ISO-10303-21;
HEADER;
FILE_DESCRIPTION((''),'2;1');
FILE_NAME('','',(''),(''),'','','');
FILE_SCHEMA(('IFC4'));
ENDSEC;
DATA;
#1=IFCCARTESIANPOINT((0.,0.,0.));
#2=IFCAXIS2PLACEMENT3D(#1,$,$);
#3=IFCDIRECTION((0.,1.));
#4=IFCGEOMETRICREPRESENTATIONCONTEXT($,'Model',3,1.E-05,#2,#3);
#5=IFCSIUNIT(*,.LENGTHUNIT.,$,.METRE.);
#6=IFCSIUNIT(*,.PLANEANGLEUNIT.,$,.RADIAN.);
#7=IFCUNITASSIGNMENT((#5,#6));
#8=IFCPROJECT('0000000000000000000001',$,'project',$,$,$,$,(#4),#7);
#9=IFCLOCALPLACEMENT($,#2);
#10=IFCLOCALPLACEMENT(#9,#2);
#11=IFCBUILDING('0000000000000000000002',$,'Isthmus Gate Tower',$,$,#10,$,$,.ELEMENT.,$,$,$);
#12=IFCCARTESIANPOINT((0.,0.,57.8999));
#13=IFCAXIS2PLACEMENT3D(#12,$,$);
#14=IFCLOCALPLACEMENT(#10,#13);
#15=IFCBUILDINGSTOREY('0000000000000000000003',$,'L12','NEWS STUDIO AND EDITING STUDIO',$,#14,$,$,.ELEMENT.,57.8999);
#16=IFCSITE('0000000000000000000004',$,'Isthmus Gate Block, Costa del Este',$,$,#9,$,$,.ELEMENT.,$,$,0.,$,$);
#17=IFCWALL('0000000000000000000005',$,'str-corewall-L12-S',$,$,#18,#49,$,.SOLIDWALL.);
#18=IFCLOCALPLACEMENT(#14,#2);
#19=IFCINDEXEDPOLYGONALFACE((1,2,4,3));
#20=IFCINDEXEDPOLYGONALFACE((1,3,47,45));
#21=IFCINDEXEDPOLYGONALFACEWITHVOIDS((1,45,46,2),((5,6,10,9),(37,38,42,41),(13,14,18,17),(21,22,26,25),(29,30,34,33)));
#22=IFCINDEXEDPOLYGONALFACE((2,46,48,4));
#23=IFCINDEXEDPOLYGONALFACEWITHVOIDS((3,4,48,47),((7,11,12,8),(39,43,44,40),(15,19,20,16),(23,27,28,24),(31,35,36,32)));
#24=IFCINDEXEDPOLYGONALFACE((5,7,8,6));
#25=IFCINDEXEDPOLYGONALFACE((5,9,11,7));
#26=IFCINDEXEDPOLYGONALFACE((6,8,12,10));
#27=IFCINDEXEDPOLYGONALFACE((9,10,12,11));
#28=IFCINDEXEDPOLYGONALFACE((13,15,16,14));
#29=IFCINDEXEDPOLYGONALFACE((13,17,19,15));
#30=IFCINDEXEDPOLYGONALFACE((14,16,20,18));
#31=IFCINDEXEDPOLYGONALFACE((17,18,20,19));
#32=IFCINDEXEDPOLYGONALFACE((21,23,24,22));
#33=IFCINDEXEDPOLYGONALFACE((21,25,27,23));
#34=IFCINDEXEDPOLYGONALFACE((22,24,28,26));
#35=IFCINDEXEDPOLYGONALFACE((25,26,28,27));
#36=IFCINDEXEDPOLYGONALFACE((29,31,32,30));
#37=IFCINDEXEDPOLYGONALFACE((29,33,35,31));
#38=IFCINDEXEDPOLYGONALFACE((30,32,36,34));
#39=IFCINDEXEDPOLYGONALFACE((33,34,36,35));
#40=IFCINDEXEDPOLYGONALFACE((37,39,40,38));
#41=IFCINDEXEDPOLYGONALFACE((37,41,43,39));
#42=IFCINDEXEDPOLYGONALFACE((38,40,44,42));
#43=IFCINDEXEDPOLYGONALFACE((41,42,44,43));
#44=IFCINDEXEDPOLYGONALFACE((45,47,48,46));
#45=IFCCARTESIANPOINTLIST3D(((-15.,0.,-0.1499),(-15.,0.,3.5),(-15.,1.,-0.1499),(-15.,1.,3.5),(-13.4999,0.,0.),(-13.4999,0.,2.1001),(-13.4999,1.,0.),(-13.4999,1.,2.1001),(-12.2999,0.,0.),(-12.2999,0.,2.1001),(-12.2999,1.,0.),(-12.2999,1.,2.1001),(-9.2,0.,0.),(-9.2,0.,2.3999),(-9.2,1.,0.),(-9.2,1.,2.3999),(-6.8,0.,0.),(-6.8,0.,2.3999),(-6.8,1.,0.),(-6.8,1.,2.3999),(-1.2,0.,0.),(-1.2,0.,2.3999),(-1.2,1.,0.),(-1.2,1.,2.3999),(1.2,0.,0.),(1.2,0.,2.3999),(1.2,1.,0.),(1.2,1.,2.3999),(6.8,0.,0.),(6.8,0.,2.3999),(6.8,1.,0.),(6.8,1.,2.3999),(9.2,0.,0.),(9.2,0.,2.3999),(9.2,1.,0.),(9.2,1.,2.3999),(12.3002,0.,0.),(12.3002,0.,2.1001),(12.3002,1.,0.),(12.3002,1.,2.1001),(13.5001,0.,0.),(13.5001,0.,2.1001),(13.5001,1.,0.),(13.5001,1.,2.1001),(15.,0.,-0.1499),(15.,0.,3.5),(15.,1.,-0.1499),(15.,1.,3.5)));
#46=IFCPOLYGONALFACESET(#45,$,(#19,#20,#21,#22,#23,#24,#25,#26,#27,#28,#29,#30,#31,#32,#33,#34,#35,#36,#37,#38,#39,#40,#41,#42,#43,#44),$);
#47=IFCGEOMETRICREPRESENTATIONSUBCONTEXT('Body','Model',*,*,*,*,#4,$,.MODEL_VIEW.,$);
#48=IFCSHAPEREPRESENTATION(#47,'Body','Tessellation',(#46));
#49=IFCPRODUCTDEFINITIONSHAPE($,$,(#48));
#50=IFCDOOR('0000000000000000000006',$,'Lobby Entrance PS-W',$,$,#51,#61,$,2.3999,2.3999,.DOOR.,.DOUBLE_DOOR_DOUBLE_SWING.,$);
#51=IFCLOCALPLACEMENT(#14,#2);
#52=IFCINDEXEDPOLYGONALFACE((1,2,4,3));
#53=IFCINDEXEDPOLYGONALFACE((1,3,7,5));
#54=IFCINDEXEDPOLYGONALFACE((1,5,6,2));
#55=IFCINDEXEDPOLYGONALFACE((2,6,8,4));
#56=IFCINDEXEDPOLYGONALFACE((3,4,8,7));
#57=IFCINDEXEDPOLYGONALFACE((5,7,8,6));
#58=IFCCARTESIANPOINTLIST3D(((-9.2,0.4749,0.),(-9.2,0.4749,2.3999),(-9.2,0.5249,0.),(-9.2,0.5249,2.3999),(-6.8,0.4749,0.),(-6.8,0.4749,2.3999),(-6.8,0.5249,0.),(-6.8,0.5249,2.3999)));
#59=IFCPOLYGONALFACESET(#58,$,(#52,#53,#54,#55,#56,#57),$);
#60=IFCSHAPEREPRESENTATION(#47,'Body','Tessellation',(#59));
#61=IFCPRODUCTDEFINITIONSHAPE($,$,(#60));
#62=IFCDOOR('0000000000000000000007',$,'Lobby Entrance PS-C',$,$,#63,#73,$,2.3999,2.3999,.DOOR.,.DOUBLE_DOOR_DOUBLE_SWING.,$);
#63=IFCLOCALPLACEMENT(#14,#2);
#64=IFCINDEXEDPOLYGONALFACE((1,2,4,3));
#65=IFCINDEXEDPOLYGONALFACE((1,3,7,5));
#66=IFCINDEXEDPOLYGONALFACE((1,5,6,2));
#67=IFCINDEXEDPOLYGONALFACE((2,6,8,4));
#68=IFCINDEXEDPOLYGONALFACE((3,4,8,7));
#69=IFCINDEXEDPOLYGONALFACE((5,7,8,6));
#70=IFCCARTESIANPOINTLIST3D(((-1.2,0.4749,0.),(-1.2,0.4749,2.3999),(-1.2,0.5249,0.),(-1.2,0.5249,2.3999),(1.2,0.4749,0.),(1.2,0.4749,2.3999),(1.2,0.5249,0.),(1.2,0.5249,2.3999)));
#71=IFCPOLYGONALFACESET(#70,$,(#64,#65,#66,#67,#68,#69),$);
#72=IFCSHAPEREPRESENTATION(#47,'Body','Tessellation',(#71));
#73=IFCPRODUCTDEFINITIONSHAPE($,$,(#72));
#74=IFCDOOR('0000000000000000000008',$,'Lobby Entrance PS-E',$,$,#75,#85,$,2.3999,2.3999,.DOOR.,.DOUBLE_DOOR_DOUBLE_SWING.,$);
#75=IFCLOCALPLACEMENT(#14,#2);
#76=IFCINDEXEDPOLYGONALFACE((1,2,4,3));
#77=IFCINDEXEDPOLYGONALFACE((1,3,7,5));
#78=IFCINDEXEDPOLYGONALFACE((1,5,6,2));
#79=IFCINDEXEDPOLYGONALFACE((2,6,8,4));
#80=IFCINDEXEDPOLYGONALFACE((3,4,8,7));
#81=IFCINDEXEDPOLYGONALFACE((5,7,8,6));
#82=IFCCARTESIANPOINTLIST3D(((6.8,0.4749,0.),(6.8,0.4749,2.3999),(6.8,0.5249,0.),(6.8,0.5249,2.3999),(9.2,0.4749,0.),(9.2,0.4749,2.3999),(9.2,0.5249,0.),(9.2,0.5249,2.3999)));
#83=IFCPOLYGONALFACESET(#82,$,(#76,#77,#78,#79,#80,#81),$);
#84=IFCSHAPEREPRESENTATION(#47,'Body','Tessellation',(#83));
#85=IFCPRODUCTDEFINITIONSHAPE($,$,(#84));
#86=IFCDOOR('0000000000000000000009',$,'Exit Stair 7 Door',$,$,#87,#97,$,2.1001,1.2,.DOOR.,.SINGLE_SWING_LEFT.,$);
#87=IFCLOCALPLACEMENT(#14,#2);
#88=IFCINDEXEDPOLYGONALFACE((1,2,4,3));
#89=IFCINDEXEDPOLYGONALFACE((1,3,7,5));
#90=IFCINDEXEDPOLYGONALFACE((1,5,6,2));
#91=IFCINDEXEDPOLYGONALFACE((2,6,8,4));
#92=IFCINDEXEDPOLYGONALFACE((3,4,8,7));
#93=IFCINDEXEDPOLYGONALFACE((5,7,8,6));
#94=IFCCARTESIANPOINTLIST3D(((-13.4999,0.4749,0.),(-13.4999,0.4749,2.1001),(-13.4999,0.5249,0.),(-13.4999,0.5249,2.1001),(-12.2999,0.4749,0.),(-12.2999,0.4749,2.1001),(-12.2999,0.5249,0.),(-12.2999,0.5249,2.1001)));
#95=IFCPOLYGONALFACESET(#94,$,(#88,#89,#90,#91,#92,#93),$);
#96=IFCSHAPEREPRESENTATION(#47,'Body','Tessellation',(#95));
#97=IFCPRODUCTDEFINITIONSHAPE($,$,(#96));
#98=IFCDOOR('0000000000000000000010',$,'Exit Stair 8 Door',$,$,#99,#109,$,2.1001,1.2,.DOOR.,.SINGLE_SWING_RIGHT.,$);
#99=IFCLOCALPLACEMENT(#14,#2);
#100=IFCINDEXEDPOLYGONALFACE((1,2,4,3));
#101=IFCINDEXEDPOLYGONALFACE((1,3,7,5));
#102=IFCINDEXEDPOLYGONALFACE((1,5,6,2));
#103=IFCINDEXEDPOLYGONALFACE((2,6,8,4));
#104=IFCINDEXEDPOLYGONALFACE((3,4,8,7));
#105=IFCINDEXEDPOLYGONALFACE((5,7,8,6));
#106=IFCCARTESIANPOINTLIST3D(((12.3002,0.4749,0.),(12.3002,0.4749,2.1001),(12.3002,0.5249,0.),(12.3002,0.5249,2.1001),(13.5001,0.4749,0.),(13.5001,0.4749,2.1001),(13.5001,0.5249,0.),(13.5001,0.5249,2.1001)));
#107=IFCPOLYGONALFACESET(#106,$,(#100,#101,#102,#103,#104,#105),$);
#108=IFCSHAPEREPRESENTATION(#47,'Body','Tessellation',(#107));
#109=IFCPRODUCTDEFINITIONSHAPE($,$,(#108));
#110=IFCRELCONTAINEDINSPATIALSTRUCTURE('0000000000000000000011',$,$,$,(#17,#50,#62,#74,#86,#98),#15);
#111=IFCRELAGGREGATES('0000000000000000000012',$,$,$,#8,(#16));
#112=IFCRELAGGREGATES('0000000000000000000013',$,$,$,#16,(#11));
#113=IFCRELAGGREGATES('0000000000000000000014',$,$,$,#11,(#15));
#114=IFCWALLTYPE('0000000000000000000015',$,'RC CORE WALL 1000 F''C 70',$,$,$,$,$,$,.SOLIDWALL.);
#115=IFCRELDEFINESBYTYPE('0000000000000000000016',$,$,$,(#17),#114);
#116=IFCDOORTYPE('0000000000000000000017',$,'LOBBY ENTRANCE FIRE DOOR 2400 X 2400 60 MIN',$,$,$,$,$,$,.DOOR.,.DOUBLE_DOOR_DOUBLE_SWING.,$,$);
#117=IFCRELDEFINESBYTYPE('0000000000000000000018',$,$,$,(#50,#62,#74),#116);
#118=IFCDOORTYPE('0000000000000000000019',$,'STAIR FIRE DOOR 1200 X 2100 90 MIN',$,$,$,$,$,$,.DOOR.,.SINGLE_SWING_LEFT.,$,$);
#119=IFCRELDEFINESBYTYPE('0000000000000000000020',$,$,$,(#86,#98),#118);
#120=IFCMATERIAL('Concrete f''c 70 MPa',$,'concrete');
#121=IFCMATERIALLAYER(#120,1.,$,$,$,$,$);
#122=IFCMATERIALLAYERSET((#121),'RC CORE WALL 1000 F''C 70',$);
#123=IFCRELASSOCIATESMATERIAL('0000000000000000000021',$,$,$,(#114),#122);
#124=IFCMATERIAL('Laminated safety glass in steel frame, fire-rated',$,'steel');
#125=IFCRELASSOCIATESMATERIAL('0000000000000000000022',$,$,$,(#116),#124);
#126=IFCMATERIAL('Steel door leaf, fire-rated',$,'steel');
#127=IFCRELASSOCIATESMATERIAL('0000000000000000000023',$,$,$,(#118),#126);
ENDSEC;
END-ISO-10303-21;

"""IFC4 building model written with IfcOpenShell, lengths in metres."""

from ifc_helpers import new_model, si_unit, direction, frame, frame_2d, origin, place, context, subcontext, project, spatial, rectangle, extrude, material, layer, layer_set, type_object, element, fill, save


model = new_model("IFC4")

# Units and contexts
model_context = context("Model", 3, precision=1e-05, world=origin(), true_north=direction((0.0, 1.0)))
body_context = subcontext(model_context, "Body", "Model", "MODEL_VIEW")
ifc_project = project(units=[si_unit("LENGTHUNIT", "METRE"), si_unit("PLANEANGLEUNIT", "RADIAN")], contexts=[model_context])

# Site, building, storey
site_placement = place(None, origin())
site = spatial("IfcSite", under=ifc_project, at=site_placement, Name="Isthmus Gate Block, Costa del Este", CompositionType="ELEMENT", RefElevation=0.0)
building_placement = place(site_placement, origin())
building = spatial("IfcBuilding", under=site, at=building_placement, Name="Isthmus Gate Tower", CompositionType="ELEMENT")
storey_placement = place(building_placement, frame((0.0, 0.0, 57.8999)))
storey = spatial("IfcBuildingStorey", under=building, at=storey_placement, Name="L12", Description="NEWS STUDIO AND EDITING STUDIO", CompositionType="ELEMENT", Elevation=57.8999)

# Wall, openings, doors
ifc_material_1 = material(Name="Concrete f'c 70 MPa", Category="concrete")
ifc_layer_1 = layer(ifc_material_1, 1.0)
ifc_layer_set_1 = layer_set([ifc_layer_1], Name="RC CORE WALL 1000 F'C 70")
wall_type_1 = type_object("IfcWallType", Name="RC CORE WALL 1000 F'C 70", PredefinedType="SOLIDWALL", material=ifc_layer_set_1)
wall_1_placement = place(storey_placement, frame((-15.0, 0.5, -0.1499), z_axis=(0.0, 0.0, 1.0), x_axis=(1.0, 0.0, 0.0)))
wall_1 = element("IfcWall", 1, at=wall_1_placement, inside=storey, type_object=wall_type_1, Name="str-corewall-L12-S", PredefinedType="SOLIDWALL", context=body_context, shape_type="SweptSolid", body=[
    extrude(rectangle(XDim=30.0, YDim=1.0, at=frame_2d((15.0, 0.0))), origin(), (0.0, 0.0, 1.0), 3.6499),
])
opening_1_placement = place(wall_1_placement, frame((5.8, 0.0, 0.1499)))
opening_1 = element("IfcOpeningElement", 2, at=opening_1_placement, cuts=wall_1, PredefinedType="OPENING", context=body_context, shape_type="SweptSolid", body=[
    extrude(rectangle(XDim=2.3999, YDim=2.3999, at=frame_2d((1.2, 1.2))), frame((0.0, 0.51, 0.0), z_axis=(0.0, -1.0, 0.0), x_axis=(1.0, 0.0, 0.0)), (0.0, 0.0, 1.0), 1.02),
])
opening_2_placement = place(wall_1_placement, frame((13.8, 0.0, 0.1499)))
opening_2 = element("IfcOpeningElement", 3, at=opening_2_placement, cuts=wall_1, PredefinedType="OPENING", context=body_context, shape_type="SweptSolid", body=[
    extrude(rectangle(XDim=2.3999, YDim=2.3999, at=frame_2d((1.2, 1.2))), frame((0.0, 0.51, 0.0), z_axis=(0.0, -1.0, 0.0), x_axis=(1.0, 0.0, 0.0)), (0.0, 0.0, 1.0), 1.02),
])
opening_3_placement = place(wall_1_placement, frame((21.8, 0.0, 0.1499)))
opening_3 = element("IfcOpeningElement", 4, at=opening_3_placement, cuts=wall_1, PredefinedType="OPENING", context=body_context, shape_type="SweptSolid", body=[
    extrude(rectangle(XDim=2.3999, YDim=2.3999, at=frame_2d((1.2, 1.2))), frame((0.0, 0.51, 0.0), z_axis=(0.0, -1.0, 0.0), x_axis=(1.0, 0.0, 0.0)), (0.0, 0.0, 1.0), 1.02),
])
opening_4_placement = place(wall_1_placement, frame((1.5, 0.0, 0.1499)))
opening_4 = element("IfcOpeningElement", 5, at=opening_4_placement, cuts=wall_1, PredefinedType="OPENING", context=body_context, shape_type="SweptSolid", body=[
    extrude(rectangle(XDim=1.2, YDim=2.1001, at=frame_2d((0.6001, 1.05))), frame((0.0, 0.51, 0.0), z_axis=(0.0, -1.0, 0.0), x_axis=(1.0, 0.0, 0.0)), (0.0, 0.0, 1.0), 1.02),
])
opening_5_placement = place(wall_1_placement, frame((27.3, 0.0, 0.1499)))
opening_5 = element("IfcOpeningElement", 6, at=opening_5_placement, cuts=wall_1, PredefinedType="OPENING", context=body_context, shape_type="SweptSolid", body=[
    extrude(rectangle(XDim=1.2, YDim=2.1001, at=frame_2d((0.6001, 1.05))), frame((0.0, 0.51, 0.0), z_axis=(0.0, -1.0, 0.0), x_axis=(1.0, 0.0, 0.0)), (0.0, 0.0, 1.0), 1.02),
])
ifc_material_2 = material(Name="Laminated safety glass in steel frame, fire-rated", Category="steel")
door_type_1 = type_object("IfcDoorType", Name="LOBBY ENTRANCE FIRE DOOR 2400 X 2400 60 MIN", OperationType="DOUBLE_DOOR_DOUBLE_SWING", PredefinedType="DOOR", material=ifc_material_2)
door_1_placement = place(opening_1_placement, origin())
door_1 = element("IfcDoor", 7, at=door_1_placement, inside=storey, type_object=door_type_1, Name="Lobby Entrance PS-W", OperationType="DOUBLE_DOOR_DOUBLE_SWING", OverallHeight=2.3999, OverallWidth=2.3999, PredefinedType="DOOR", context=body_context, shape_type="SweptSolid", body=[
    extrude(rectangle(XDim=2.3999, YDim=2.3999, at=frame_2d((1.2, 1.2))), frame((0.0, 0.0249, 0.0), z_axis=(0.0, -1.0, 0.0), x_axis=(1.0, 0.0, 0.0)), (0.0, 0.0, 1.0), 0.05),
])
fill(opening_1, door_1)
door_2_placement = place(opening_2_placement, origin())
door_2 = element("IfcDoor", 8, at=door_2_placement, inside=storey, type_object=door_type_1, Name="Lobby Entrance PS-C", OperationType="DOUBLE_DOOR_DOUBLE_SWING", OverallHeight=2.3999, OverallWidth=2.3999, PredefinedType="DOOR", context=body_context, shape_type="SweptSolid", body=[
    extrude(rectangle(XDim=2.3999, YDim=2.3999, at=frame_2d((1.2, 1.2))), frame((0.0, 0.0249, 0.0), z_axis=(0.0, -1.0, 0.0), x_axis=(1.0, 0.0, 0.0)), (0.0, 0.0, 1.0), 0.05),
])
fill(opening_2, door_2)
door_3_placement = place(opening_3_placement, origin())
door_3 = element("IfcDoor", 9, at=door_3_placement, inside=storey, type_object=door_type_1, Name="Lobby Entrance PS-E", OperationType="DOUBLE_DOOR_DOUBLE_SWING", OverallHeight=2.3999, OverallWidth=2.3999, PredefinedType="DOOR", context=body_context, shape_type="SweptSolid", body=[
    extrude(rectangle(XDim=2.3999, YDim=2.3999, at=frame_2d((1.2, 1.2))), frame((0.0, 0.0249, 0.0), z_axis=(0.0, -1.0, 0.0), x_axis=(1.0, 0.0, 0.0)), (0.0, 0.0, 1.0), 0.05),
])
fill(opening_3, door_3)
ifc_material_3 = material(Name="Steel door leaf, fire-rated", Category="steel")
door_type_2 = type_object("IfcDoorType", Name="STAIR FIRE DOOR 1200 X 2100 90 MIN", OperationType="SINGLE_SWING_LEFT", PredefinedType="DOOR", material=ifc_material_3)
door_4_placement = place(opening_4_placement, origin())
door_4 = element("IfcDoor", 10, at=door_4_placement, inside=storey, type_object=door_type_2, Name="Exit Stair 7 Door", OperationType="SINGLE_SWING_LEFT", OverallHeight=2.1001, OverallWidth=1.2, PredefinedType="DOOR", context=body_context, shape_type="SweptSolid", body=[
    extrude(rectangle(XDim=1.2, YDim=2.1001, at=frame_2d((0.6001, 1.05))), frame((0.0, 0.0249, 0.0), z_axis=(0.0, -1.0, 0.0), x_axis=(1.0, 0.0, 0.0)), (0.0, 0.0, 1.0), 0.05),
])
fill(opening_4, door_4)
door_5_placement = place(opening_5_placement, origin())
door_5 = element("IfcDoor", 11, at=door_5_placement, inside=storey, type_object=door_type_2, Name="Exit Stair 8 Door", OperationType="SINGLE_SWING_RIGHT", OverallHeight=2.1001, OverallWidth=1.2, PredefinedType="DOOR", context=body_context, shape_type="SweptSolid", body=[
    extrude(rectangle(XDim=1.2, YDim=2.1001, at=frame_2d((0.6001, 1.05))), frame((0.0, 0.0249, 0.0), z_axis=(0.0, -1.0, 0.0), x_axis=(1.0, 0.0, 0.0)), (0.0, 0.0, 1.0), 0.05),
])
fill(opening_5, door_5)

save(model, "model.ifc")
